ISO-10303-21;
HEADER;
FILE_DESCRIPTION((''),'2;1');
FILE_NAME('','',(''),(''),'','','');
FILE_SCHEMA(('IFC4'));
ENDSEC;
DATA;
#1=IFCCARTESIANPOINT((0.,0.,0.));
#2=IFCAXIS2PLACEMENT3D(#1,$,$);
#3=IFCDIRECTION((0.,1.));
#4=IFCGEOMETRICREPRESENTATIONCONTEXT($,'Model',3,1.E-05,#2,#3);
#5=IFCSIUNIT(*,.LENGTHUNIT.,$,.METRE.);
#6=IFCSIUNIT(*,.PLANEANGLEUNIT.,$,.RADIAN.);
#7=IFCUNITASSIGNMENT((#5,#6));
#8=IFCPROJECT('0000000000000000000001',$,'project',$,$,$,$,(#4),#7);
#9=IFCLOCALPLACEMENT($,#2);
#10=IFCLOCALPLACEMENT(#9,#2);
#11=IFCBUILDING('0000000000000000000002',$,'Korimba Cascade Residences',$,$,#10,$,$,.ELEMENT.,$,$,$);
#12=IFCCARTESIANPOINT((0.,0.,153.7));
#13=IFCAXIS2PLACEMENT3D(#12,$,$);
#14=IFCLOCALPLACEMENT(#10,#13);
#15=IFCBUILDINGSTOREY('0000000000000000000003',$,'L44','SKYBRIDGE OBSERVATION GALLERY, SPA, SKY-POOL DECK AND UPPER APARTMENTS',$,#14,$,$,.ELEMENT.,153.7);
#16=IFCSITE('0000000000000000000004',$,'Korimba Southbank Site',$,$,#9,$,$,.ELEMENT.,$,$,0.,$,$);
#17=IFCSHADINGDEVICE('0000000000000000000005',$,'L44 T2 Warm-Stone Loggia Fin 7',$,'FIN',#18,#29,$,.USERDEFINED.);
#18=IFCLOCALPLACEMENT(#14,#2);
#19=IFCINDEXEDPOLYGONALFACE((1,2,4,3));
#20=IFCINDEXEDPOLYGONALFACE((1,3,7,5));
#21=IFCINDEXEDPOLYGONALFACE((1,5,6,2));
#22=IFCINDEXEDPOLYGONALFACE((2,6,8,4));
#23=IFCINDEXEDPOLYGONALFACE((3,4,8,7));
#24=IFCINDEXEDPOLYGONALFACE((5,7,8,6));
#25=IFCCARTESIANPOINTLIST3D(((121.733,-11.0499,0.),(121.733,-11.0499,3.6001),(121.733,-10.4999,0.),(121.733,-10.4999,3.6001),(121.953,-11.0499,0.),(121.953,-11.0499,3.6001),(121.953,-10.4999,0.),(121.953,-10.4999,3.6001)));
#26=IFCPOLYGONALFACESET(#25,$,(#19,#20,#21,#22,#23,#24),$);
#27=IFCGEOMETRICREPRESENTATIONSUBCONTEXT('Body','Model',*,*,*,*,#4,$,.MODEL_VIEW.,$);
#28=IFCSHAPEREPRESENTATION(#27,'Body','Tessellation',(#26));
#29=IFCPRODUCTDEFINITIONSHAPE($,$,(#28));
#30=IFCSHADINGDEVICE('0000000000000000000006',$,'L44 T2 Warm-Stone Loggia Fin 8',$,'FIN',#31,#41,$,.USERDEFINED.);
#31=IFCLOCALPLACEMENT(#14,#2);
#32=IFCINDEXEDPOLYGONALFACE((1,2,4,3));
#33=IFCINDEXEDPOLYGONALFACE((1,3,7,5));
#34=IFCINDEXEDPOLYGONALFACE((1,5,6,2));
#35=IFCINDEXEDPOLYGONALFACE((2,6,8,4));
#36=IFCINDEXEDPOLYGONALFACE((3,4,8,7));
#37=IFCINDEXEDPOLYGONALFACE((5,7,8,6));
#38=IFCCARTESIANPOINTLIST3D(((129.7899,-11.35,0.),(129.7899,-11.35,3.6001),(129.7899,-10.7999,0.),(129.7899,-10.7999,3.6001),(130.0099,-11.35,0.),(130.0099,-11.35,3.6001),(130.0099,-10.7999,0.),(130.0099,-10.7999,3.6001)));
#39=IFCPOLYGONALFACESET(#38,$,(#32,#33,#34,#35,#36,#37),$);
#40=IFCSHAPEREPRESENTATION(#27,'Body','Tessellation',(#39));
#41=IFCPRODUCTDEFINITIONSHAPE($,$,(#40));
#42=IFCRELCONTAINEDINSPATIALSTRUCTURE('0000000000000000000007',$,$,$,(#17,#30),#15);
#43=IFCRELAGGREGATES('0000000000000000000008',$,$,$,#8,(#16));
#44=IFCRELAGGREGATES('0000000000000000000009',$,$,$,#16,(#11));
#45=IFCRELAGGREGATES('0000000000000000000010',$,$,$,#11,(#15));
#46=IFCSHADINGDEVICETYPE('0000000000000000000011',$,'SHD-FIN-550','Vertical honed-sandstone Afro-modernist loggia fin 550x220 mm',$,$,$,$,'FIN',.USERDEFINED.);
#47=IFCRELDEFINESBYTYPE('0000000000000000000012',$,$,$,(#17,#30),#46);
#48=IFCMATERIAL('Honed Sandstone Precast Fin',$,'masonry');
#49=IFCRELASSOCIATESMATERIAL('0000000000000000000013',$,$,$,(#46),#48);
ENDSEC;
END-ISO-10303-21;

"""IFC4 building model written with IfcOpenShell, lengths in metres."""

from ifc_helpers import new_model, si_unit, direction, frame, origin, origin_2d, place, context, subcontext, project, spatial, rectangle, extrude, material, type_object, element, save


model = new_model("IFC4")

# Units and contexts
model_context = context("Model", 3, precision=1e-05, world=origin(), true_north=direction((0.0, 1.0)))
body_context = subcontext(model_context, "Body", "Model", "MODEL_VIEW")
ifc_project = project(units=[si_unit("LENGTHUNIT", "METRE"), si_unit("PLANEANGLEUNIT", "RADIAN")], contexts=[model_context])

# Site, building, storey
site_placement = place(None, origin())
site = spatial("IfcSite", under=ifc_project, at=site_placement, Name="Korimba Southbank Site", CompositionType="ELEMENT", RefElevation=0.0)
building_placement = place(site_placement, origin())
building = spatial("IfcBuilding", under=site, at=building_placement, Name="Korimba Cascade Residences", CompositionType="ELEMENT")
storey_placement = place(building_placement, frame((0.0, 0.0, 153.7)))
storey = spatial("IfcBuildingStorey", under=building, at=storey_placement, Name="L44", Description="SKYBRIDGE OBSERVATION GALLERY, SPA, SKY-POOL DECK AND UPPER APARTMENTS", CompositionType="ELEMENT", Elevation=153.7)

# Shading devices
ifc_material_1 = material(Name="Honed Sandstone Precast Fin", Category="masonry")
shading_device_type = type_object("IfcShadingDeviceType", Name="SHD-FIN-550", Description="Vertical honed-sandstone Afro-modernist loggia fin 550x220 mm", ElementType="FIN", PredefinedType="USERDEFINED", material=ifc_material_1)
for number, where, z_axis, x_axis, name in (
    (1, (121.843, -10.7749, 0.0), (0.0, 0.0, 1.0), (1.0, 0.0, 0.0), "L44 T2 Warm-Stone Loggia Fin 7"),
    (2, (129.8999, -11.075, 0.0), (0.0, 0.0, 1.0), (1.0, 0.0, 0.0), "L44 T2 Warm-Stone Loggia Fin 8"),
):
    element("IfcShadingDevice", number, at=place(storey_placement, frame(where, z_axis=z_axis, x_axis=x_axis)), inside=storey, type_object=shading_device_type, Name=name, ObjectType="FIN", PredefinedType="USERDEFINED", context=body_context, shape_type="SweptSolid", body=[
        extrude(rectangle(XDim=0.22, YDim=0.55, at=origin_2d()), origin(), (0.0, 0.0, 1.0), 3.6001),
    ])

save(model, "model.ifc")
